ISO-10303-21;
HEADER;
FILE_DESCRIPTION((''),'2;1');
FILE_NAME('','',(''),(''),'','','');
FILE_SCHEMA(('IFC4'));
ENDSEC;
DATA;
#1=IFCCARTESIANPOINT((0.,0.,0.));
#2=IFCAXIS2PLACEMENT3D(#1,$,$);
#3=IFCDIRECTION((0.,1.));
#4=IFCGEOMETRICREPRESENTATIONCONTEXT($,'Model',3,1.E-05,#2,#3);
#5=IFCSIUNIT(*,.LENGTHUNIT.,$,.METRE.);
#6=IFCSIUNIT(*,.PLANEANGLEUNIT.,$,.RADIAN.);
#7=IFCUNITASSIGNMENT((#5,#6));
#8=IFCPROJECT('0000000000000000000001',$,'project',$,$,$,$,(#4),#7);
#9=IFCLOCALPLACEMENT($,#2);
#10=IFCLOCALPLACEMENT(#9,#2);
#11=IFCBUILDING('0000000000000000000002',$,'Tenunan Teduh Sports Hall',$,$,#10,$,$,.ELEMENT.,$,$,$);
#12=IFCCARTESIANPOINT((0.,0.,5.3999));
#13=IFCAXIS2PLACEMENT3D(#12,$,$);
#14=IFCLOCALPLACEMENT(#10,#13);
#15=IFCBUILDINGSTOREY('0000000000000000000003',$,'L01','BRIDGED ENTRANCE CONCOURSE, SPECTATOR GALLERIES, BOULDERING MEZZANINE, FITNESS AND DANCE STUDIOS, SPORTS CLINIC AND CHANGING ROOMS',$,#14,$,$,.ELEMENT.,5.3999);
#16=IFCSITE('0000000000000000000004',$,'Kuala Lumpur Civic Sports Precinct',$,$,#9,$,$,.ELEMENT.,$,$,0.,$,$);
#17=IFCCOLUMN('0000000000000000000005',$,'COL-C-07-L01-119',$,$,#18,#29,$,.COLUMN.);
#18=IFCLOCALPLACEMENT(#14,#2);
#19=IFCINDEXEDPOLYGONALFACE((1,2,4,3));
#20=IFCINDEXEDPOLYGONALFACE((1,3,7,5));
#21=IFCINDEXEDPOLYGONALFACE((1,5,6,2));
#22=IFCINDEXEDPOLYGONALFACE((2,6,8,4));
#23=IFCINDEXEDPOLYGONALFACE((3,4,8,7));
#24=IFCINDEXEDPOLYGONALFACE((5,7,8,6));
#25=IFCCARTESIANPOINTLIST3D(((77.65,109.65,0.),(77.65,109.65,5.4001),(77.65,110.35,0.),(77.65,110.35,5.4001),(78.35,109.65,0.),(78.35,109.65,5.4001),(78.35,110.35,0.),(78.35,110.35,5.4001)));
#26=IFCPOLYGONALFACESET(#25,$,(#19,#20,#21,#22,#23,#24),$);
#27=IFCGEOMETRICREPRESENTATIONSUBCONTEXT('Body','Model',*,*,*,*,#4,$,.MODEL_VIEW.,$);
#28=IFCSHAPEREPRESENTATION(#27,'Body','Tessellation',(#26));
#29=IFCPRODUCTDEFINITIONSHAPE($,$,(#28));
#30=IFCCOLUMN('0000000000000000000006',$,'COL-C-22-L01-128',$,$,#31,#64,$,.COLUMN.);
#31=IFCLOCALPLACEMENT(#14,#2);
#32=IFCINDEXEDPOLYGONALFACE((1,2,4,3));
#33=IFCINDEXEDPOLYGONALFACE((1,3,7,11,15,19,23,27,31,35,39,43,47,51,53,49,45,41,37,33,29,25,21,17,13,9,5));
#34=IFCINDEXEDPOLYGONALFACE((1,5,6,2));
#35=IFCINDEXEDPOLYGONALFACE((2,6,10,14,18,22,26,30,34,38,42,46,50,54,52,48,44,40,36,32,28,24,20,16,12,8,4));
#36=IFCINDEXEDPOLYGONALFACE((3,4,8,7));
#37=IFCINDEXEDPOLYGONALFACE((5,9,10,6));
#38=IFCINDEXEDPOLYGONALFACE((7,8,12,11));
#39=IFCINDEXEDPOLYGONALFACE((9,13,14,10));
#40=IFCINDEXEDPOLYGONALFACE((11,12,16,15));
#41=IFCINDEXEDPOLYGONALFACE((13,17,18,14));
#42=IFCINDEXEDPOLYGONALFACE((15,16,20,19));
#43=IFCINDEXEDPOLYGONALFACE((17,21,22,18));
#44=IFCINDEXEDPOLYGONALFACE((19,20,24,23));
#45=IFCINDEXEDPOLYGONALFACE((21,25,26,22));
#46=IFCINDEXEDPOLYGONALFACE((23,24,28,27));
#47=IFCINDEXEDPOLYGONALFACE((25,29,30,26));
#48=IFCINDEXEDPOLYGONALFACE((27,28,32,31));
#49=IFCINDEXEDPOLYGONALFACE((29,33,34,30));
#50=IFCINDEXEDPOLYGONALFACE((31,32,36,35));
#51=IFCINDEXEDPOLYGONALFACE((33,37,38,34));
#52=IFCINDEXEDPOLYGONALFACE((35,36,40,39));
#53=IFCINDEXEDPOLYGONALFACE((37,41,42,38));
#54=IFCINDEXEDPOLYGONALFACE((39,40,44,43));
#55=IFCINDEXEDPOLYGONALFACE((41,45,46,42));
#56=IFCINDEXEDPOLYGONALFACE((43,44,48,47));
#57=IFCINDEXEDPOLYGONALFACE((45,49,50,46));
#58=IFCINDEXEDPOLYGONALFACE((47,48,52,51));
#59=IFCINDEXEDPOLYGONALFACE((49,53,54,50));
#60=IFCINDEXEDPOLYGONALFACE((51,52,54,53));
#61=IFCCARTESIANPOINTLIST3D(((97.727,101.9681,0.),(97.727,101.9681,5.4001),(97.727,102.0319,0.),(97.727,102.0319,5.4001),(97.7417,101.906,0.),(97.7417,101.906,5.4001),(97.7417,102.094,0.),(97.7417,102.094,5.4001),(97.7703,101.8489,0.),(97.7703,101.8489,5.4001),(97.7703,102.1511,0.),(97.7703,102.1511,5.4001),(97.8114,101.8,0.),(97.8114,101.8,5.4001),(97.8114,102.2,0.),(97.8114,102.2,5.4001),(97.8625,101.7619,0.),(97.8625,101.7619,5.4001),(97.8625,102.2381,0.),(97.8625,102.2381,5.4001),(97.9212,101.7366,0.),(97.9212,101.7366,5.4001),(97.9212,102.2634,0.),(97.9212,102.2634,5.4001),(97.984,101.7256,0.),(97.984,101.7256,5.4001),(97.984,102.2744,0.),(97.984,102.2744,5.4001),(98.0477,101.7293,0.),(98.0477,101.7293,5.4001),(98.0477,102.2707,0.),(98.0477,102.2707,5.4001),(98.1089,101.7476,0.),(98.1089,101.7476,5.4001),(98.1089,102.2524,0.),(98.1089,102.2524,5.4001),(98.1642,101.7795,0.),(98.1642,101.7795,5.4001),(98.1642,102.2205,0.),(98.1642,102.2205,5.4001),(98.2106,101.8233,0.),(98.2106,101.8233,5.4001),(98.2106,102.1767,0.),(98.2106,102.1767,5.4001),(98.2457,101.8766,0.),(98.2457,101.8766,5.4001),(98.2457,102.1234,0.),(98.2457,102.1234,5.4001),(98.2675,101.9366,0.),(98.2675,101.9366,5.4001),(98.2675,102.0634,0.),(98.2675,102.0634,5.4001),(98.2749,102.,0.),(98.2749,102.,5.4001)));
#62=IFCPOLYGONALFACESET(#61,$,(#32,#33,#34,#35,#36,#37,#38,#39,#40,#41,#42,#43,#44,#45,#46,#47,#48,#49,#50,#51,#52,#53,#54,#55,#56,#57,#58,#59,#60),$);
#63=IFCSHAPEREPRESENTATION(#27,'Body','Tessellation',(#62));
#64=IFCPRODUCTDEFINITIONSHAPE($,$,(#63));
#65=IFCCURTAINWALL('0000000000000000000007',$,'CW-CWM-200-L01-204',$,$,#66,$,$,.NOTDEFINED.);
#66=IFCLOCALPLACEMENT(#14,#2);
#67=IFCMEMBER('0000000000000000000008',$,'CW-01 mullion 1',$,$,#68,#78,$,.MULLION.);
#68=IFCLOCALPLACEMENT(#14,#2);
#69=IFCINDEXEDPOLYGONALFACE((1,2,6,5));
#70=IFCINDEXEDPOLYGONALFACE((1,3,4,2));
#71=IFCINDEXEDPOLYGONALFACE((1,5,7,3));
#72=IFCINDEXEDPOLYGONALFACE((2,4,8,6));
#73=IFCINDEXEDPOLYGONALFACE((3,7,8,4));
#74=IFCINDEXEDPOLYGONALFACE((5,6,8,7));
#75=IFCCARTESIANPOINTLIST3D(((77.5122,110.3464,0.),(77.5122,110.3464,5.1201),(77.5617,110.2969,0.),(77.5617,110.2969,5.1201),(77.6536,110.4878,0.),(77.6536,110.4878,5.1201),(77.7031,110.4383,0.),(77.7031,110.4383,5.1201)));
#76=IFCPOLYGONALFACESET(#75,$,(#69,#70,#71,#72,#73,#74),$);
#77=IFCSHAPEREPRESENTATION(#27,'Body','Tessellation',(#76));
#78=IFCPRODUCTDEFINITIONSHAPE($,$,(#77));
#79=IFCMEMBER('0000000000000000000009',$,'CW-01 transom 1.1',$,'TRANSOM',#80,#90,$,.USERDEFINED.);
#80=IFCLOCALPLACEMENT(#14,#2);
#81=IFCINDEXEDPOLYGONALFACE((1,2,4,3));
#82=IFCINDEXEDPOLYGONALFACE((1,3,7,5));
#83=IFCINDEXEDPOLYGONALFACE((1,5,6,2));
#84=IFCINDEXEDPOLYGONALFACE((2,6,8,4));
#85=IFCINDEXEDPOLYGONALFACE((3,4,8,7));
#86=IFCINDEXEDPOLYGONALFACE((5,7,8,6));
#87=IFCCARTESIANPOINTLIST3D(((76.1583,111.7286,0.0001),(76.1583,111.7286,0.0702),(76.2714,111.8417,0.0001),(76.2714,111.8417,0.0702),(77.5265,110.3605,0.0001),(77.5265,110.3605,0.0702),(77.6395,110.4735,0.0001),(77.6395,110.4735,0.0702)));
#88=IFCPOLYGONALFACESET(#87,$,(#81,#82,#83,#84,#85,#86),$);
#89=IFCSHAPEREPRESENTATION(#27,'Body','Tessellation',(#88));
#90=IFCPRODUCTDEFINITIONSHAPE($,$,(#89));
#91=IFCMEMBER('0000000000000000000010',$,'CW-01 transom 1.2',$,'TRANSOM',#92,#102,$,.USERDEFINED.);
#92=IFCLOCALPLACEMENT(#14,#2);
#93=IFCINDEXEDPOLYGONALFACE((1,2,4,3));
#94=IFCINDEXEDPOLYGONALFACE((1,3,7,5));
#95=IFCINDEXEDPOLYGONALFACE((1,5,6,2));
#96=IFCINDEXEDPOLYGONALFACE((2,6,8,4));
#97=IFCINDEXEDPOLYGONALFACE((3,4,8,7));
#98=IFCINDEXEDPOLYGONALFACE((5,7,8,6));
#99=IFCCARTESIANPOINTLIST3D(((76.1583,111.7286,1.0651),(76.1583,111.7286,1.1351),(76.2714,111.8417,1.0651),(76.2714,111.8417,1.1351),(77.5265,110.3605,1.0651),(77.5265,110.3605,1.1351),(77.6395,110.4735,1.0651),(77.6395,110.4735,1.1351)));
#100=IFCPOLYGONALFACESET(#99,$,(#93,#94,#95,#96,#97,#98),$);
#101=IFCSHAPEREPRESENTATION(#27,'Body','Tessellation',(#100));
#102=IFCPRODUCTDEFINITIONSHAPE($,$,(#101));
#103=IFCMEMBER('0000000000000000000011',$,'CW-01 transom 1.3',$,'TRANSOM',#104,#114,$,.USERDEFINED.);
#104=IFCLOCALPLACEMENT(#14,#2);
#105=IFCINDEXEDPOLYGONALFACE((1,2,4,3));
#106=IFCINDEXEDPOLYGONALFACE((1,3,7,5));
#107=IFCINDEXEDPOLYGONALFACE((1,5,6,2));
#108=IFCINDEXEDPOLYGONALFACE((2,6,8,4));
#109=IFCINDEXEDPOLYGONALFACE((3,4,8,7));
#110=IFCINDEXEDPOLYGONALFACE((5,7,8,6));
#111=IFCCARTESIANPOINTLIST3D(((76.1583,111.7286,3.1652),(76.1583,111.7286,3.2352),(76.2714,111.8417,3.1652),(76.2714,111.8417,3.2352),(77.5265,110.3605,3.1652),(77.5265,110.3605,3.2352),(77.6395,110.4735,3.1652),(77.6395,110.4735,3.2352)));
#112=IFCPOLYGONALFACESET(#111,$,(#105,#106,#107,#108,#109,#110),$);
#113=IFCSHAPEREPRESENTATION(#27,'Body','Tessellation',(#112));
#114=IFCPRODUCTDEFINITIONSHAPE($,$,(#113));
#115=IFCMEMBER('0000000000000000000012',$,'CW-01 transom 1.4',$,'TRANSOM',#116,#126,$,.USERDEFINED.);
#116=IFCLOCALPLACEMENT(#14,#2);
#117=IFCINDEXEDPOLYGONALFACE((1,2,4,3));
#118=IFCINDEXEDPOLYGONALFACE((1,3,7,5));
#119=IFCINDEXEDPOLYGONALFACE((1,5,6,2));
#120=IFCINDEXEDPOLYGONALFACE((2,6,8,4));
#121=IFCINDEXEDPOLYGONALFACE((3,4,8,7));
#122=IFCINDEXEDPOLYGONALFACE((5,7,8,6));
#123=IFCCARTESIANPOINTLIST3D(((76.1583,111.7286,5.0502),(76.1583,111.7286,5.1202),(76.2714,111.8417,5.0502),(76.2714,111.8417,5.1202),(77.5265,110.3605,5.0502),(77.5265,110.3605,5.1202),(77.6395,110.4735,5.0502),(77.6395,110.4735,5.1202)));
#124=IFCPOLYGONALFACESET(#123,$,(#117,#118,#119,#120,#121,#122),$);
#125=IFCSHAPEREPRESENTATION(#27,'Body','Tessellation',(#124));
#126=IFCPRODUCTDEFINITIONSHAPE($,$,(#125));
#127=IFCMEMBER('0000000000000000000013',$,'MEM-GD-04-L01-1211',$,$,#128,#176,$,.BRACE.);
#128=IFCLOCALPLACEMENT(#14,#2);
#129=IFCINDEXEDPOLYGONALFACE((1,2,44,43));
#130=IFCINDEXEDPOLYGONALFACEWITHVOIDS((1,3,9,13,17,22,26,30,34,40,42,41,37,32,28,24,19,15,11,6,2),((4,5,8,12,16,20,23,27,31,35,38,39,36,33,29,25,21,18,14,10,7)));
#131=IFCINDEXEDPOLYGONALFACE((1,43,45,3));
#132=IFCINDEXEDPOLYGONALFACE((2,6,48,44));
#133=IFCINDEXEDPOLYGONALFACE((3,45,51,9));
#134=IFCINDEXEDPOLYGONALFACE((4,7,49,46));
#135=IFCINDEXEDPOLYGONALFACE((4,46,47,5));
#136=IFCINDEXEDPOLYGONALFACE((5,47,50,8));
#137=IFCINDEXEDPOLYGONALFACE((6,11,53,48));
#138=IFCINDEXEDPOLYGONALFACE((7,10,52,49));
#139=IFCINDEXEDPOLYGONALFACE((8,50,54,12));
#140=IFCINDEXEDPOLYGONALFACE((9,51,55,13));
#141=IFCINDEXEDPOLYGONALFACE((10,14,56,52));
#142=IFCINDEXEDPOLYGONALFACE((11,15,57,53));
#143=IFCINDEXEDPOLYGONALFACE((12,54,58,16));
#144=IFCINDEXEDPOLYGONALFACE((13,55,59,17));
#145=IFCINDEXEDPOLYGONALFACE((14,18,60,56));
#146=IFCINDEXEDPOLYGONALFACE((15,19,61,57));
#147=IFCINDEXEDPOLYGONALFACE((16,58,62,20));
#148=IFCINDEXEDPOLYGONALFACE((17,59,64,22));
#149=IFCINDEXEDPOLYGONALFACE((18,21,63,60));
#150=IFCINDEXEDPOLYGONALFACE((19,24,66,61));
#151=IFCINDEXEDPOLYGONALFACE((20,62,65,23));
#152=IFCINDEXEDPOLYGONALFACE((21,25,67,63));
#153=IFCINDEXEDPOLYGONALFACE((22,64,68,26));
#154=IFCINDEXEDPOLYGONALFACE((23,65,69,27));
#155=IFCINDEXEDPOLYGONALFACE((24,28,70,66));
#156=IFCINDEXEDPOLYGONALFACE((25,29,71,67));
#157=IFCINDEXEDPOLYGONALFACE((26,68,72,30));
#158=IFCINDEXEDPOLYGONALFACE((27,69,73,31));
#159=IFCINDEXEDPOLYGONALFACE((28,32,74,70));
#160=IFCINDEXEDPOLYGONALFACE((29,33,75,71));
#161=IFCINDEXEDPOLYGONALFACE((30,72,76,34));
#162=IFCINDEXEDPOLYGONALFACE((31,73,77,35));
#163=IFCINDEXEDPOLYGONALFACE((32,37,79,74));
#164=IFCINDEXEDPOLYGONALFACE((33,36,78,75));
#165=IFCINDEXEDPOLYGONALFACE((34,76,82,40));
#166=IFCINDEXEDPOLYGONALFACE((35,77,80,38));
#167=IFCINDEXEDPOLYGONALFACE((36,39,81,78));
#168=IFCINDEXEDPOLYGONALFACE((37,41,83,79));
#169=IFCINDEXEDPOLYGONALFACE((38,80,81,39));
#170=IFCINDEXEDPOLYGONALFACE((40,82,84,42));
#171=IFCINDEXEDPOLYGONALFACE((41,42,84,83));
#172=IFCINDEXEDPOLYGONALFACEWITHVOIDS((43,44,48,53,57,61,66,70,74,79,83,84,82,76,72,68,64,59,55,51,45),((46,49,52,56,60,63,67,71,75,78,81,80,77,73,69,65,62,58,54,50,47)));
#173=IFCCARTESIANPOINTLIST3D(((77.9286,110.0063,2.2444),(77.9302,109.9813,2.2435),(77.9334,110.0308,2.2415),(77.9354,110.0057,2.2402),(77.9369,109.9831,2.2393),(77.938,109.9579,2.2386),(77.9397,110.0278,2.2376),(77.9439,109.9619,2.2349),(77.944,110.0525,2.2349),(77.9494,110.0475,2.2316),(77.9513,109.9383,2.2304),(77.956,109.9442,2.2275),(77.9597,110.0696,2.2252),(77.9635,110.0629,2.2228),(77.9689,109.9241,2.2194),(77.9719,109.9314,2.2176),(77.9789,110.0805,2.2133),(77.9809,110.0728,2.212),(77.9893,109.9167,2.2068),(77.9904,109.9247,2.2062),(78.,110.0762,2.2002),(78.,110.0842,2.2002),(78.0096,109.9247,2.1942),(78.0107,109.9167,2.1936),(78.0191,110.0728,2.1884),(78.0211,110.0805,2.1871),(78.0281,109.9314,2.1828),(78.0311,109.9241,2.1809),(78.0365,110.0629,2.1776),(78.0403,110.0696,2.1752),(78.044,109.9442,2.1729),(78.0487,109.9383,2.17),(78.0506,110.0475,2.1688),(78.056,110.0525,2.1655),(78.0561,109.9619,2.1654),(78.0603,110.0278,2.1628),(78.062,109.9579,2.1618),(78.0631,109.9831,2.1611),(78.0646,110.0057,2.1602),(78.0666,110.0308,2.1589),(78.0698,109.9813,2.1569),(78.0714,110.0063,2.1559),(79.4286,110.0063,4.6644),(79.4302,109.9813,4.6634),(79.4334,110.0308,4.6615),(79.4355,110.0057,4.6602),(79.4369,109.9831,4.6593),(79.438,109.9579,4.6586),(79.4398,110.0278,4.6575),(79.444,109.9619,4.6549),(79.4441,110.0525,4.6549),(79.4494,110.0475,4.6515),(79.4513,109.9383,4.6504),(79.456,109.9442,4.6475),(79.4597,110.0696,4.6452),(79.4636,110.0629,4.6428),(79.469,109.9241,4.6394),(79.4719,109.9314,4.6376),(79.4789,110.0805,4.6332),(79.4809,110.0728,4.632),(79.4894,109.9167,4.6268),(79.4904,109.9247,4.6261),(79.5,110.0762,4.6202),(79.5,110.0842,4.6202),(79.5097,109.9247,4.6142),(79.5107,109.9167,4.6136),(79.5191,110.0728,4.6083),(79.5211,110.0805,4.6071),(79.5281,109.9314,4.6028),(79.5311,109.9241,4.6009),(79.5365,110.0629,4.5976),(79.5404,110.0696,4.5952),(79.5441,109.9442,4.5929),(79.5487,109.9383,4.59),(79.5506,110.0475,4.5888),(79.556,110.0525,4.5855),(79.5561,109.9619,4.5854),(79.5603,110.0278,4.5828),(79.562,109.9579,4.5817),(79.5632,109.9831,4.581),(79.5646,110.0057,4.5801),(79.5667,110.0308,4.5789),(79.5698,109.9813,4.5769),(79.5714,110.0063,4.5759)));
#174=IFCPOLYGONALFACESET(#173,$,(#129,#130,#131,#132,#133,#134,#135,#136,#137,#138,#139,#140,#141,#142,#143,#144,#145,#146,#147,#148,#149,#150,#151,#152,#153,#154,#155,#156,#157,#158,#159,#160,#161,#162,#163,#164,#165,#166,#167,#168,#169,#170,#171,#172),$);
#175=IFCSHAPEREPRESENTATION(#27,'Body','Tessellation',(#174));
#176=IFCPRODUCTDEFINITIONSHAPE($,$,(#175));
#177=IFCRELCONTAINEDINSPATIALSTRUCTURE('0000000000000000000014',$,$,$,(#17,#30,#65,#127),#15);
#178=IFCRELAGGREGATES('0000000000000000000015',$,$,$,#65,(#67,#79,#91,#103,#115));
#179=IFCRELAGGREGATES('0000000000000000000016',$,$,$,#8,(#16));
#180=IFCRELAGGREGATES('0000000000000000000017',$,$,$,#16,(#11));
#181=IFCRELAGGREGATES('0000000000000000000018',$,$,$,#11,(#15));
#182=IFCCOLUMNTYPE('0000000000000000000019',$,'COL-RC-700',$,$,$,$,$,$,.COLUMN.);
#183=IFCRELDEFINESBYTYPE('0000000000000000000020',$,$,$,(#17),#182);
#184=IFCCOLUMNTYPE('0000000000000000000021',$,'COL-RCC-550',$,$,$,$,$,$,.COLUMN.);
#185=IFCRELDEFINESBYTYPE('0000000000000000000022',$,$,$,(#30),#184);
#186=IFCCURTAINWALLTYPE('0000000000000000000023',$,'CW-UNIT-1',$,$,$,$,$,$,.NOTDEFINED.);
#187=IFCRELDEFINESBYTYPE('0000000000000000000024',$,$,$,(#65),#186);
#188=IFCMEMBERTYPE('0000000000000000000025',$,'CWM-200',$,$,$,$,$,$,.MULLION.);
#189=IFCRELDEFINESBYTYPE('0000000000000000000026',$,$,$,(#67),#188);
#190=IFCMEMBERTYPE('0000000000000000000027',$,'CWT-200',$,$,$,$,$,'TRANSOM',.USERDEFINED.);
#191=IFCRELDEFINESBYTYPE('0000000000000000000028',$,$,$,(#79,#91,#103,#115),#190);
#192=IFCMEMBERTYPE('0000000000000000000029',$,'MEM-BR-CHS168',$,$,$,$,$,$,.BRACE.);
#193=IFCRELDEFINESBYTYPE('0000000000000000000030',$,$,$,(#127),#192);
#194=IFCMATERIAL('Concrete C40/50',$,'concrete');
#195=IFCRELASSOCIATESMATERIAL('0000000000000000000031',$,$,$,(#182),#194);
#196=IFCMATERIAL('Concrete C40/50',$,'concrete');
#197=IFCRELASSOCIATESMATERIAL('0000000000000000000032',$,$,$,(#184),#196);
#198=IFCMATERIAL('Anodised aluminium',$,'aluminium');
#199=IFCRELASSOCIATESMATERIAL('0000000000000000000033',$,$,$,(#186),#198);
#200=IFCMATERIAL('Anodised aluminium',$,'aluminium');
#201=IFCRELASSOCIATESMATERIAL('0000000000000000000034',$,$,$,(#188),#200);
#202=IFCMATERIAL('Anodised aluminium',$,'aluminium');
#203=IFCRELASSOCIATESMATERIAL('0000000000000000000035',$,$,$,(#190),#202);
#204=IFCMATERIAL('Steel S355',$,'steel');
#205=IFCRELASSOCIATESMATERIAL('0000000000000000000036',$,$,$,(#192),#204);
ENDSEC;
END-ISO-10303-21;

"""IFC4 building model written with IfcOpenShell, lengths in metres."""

from ifc_helpers import new_model, si_unit, direction, frame, origin, origin_2d, place, context, subcontext, project, spatial, rectangle, circle, hollow_circle, extrude, material, material_profile, profile_set, type_object, element, aggregate, save


model = new_model("IFC4")

# Units and contexts
model_context = context("Model", 3, precision=1e-05, world=origin(), true_north=direction((0.0, 1.0)))
body_context = subcontext(model_context, "Body", "Model", "MODEL_VIEW")
ifc_project = project(units=[si_unit("LENGTHUNIT", "METRE"), si_unit("PLANEANGLEUNIT", "RADIAN")], contexts=[model_context])

# Site, building, storey
site_placement = place(None, origin())
site = spatial("IfcSite", under=ifc_project, at=site_placement, Name="Kuala Lumpur Civic Sports Precinct", CompositionType="ELEMENT", RefElevation=0.0)
building_placement = place(site_placement, origin())
building = spatial("IfcBuilding", under=site, at=building_placement, Name="Tenunan Teduh Sports Hall", CompositionType="ELEMENT")
storey_placement = place(building_placement, frame((0.0, 0.0, 5.3999)))
storey = spatial("IfcBuildingStorey", under=building, at=storey_placement, Name="L01", Description="BRIDGED ENTRANCE CONCOURSE, SPECTATOR GALLERIES, BOULDERING MEZZANINE, FITNESS AND DANCE STUDIOS, SPORTS CLINIC AND CHANGING ROOMS", CompositionType="ELEMENT", Elevation=5.3999)

# Columns
ifc_material_1 = material(Name="Concrete C40/50", Category="concrete")
ifc_material_profile_1 = material_profile(ifc_material_1, rectangle(XDim=0.7, YDim=0.7, at=origin_2d()), Name="RC 700x700")
ifc_profile_set_1 = profile_set([ifc_material_profile_1], Name="Concrete C40/50")
column_type_1 = type_object("IfcColumnType", Name="COL-RC-700", PredefinedType="COLUMN", material=ifc_profile_set_1)
column_1_placement = place(storey_placement, frame((78.0, 110.0, 0.0), z_axis=(0.0, 0.0, 1.0), x_axis=(1.0, 0.0, 0.0)))
element("IfcColumn", 1, at=column_1_placement, inside=storey, type_object=column_type_1, Name="COL-C-07-L01-119", PredefinedType="COLUMN", context=body_context, shape_type="SweptSolid", body=[
    extrude(rectangle(XDim=0.7, YDim=0.7, at=origin_2d()), origin(), (0.0, 0.0, 1.0), 5.4001),
])
ifc_material_2 = material(Name="Concrete C40/50", Category="concrete")
ifc_material_profile_2 = material_profile(ifc_material_2, circle(Radius=0.2749, at=origin_2d()), Name="RCC D550")
ifc_profile_set_2 = profile_set([ifc_material_profile_2], Name="Concrete C40/50")
column_type_2 = type_object("IfcColumnType", Name="COL-RCC-550", PredefinedType="COLUMN", material=ifc_profile_set_2)
column_2_placement = place(storey_placement, frame((98.0, 102.0, 0.0), z_axis=(0.0, 0.0, 1.0), x_axis=(1.0, 0.0, 0.0)))
element("IfcColumn", 2, at=column_2_placement, inside=storey, type_object=column_type_2, Name="COL-C-22-L01-128", PredefinedType="COLUMN", context=body_context, shape_type="SweptSolid", body=[
    extrude(circle(Radius=0.2749, at=origin_2d()), origin(), (0.0, 0.0, 1.0), 5.4001),
])

# Curtain wall, members
ifc_material_3 = material(Name="Anodised aluminium", Category="aluminium")
curtain_wall_type = type_object("IfcCurtainWallType", Name="CW-UNIT-1", PredefinedType="NOTDEFINED", material=ifc_material_3)
curtain_wall_placement = place(storey_placement, origin())
curtain_wall = element("IfcCurtainWall", 3, at=curtain_wall_placement, inside=storey, type_object=curtain_wall_type, Name="CW-CWM-200-L01-204", PredefinedType="NOTDEFINED")
ifc_material_4 = material(Name="Anodised aluminium", Category="aluminium")
ifc_material_profile_3 = material_profile(ifc_material_4, rectangle(XDim=0.0701, YDim=0.2, at=origin_2d()), Name="CWM 70x200")
ifc_profile_set_3 = profile_set([ifc_material_profile_3], Name="Anodised aluminium")
member_type_1 = type_object("IfcMemberType", Name="CWM-200", PredefinedType="MULLION", material=ifc_profile_set_3)
member_1_placement = place(storey_placement, frame((77.6077, 110.3923, 0.0), z_axis=(0.0, 0.0, 1.0), x_axis=(-0.707107, 0.707107, 0.0)))
member_1 = element("IfcMember", 4, at=member_1_placement, type_object=member_type_1, Name="CW-01 mullion 1", PredefinedType="MULLION", context=body_context, shape_type="SweptSolid", body=[
    extrude(rectangle(XDim=0.0701, YDim=0.2, at=origin_2d()), origin(), (0.0, 0.0, 1.0), 5.1201),
])
ifc_material_5 = material(Name="Anodised aluminium", Category="aluminium")
ifc_material_profile_4 = material_profile(ifc_material_5, rectangle(XDim=0.0701, YDim=0.1599, at=origin_2d()), Name="CWT 70x160")
ifc_profile_set_4 = profile_set([ifc_material_profile_4], Name="Anodised aluminium")
member_type_2 = type_object("IfcMemberType", Name="CWT-200", ElementType="TRANSOM", PredefinedType="USERDEFINED", material=ifc_profile_set_4)
member_2_placement = place(storey_placement, frame((77.583, 110.417, 0.0352), z_axis=(-0.707107, 0.707107, 0.0), x_axis=(0.0, 0.0, 1.0)))
member_2 = element("IfcMember", 5, at=member_2_placement, type_object=member_type_2, Name="CW-01 transom 1.1", ObjectType="TRANSOM", PredefinedType="USERDEFINED", context=body_context, shape_type="SweptSolid", body=[
    extrude(rectangle(XDim=0.0701, YDim=0.1599, at=origin_2d()), origin(), (0.0, 0.0, 1.0), 1.9348),
])
member_3_placement = place(storey_placement, frame((77.583, 110.417, 1.1001), z_axis=(-0.707107, 0.707107, 0.0), x_axis=(0.0, 0.0, 1.0)))
member_3 = element("IfcMember", 6, at=member_3_placement, type_object=member_type_2, Name="CW-01 transom 1.2", ObjectType="TRANSOM", PredefinedType="USERDEFINED", context=body_context, shape_type="SweptSolid", body=[
    extrude(rectangle(XDim=0.0701, YDim=0.1599, at=origin_2d()), origin(), (0.0, 0.0, 1.0), 1.9348),
])
member_4_placement = place(storey_placement, frame((77.583, 110.417, 3.2002), z_axis=(-0.707107, 0.707107, 0.0), x_axis=(0.0, 0.0, 1.0)))
member_4 = element("IfcMember", 7, at=member_4_placement, type_object=member_type_2, Name="CW-01 transom 1.3", ObjectType="TRANSOM", PredefinedType="USERDEFINED", context=body_context, shape_type="SweptSolid", body=[
    extrude(rectangle(XDim=0.0701, YDim=0.1599, at=origin_2d()), origin(), (0.0, 0.0, 1.0), 1.9348),
])
member_5_placement = place(storey_placement, frame((77.583, 110.417, 5.0852), z_axis=(-0.707107, 0.707107, 0.0), x_axis=(0.0, 0.0, 1.0)))
member_5 = element("IfcMember", 8, at=member_5_placement, type_object=member_type_2, Name="CW-01 transom 1.4", ObjectType="TRANSOM", PredefinedType="USERDEFINED", context=body_context, shape_type="SweptSolid", body=[
    extrude(rectangle(XDim=0.0701, YDim=0.1599, at=origin_2d()), origin(), (0.0, 0.0, 1.0), 1.9348),
])

# Member
ifc_material_6 = material(Name="Steel S355", Category="steel")
ifc_material_profile_5 = material_profile(ifc_material_6, hollow_circle(Radius=0.0842, WallThickness=0.0081, at=origin_2d()), Name="CHS 168.3x8.0")
ifc_profile_set_5 = profile_set([ifc_material_profile_5], Name="Steel S355")
member_type_3 = type_object("IfcMemberType", Name="MEM-BR-CHS168", PredefinedType="BRACE", material=ifc_profile_set_5)
member_6_placement = place(storey_placement, frame((78.0, 110.0, 2.2002), z_axis=(0.52685, 0.0, 0.849958), x_axis=(0.0, 1.0, 0.0)))
element("IfcMember", 9, at=member_6_placement, inside=storey, type_object=member_type_3, Name="MEM-GD-04-L01-1211", PredefinedType="BRACE", context=body_context, shape_type="SweptSolid", body=[
    extrude(hollow_circle(Radius=0.0842, WallThickness=0.0081, at=origin_2d()), origin(), (0.0, 0.0, 1.0), 2.8472),
])

aggregate(curtain_wall, [member_1, member_2, member_3, member_4, member_5])

save(model, "model.ifc")
